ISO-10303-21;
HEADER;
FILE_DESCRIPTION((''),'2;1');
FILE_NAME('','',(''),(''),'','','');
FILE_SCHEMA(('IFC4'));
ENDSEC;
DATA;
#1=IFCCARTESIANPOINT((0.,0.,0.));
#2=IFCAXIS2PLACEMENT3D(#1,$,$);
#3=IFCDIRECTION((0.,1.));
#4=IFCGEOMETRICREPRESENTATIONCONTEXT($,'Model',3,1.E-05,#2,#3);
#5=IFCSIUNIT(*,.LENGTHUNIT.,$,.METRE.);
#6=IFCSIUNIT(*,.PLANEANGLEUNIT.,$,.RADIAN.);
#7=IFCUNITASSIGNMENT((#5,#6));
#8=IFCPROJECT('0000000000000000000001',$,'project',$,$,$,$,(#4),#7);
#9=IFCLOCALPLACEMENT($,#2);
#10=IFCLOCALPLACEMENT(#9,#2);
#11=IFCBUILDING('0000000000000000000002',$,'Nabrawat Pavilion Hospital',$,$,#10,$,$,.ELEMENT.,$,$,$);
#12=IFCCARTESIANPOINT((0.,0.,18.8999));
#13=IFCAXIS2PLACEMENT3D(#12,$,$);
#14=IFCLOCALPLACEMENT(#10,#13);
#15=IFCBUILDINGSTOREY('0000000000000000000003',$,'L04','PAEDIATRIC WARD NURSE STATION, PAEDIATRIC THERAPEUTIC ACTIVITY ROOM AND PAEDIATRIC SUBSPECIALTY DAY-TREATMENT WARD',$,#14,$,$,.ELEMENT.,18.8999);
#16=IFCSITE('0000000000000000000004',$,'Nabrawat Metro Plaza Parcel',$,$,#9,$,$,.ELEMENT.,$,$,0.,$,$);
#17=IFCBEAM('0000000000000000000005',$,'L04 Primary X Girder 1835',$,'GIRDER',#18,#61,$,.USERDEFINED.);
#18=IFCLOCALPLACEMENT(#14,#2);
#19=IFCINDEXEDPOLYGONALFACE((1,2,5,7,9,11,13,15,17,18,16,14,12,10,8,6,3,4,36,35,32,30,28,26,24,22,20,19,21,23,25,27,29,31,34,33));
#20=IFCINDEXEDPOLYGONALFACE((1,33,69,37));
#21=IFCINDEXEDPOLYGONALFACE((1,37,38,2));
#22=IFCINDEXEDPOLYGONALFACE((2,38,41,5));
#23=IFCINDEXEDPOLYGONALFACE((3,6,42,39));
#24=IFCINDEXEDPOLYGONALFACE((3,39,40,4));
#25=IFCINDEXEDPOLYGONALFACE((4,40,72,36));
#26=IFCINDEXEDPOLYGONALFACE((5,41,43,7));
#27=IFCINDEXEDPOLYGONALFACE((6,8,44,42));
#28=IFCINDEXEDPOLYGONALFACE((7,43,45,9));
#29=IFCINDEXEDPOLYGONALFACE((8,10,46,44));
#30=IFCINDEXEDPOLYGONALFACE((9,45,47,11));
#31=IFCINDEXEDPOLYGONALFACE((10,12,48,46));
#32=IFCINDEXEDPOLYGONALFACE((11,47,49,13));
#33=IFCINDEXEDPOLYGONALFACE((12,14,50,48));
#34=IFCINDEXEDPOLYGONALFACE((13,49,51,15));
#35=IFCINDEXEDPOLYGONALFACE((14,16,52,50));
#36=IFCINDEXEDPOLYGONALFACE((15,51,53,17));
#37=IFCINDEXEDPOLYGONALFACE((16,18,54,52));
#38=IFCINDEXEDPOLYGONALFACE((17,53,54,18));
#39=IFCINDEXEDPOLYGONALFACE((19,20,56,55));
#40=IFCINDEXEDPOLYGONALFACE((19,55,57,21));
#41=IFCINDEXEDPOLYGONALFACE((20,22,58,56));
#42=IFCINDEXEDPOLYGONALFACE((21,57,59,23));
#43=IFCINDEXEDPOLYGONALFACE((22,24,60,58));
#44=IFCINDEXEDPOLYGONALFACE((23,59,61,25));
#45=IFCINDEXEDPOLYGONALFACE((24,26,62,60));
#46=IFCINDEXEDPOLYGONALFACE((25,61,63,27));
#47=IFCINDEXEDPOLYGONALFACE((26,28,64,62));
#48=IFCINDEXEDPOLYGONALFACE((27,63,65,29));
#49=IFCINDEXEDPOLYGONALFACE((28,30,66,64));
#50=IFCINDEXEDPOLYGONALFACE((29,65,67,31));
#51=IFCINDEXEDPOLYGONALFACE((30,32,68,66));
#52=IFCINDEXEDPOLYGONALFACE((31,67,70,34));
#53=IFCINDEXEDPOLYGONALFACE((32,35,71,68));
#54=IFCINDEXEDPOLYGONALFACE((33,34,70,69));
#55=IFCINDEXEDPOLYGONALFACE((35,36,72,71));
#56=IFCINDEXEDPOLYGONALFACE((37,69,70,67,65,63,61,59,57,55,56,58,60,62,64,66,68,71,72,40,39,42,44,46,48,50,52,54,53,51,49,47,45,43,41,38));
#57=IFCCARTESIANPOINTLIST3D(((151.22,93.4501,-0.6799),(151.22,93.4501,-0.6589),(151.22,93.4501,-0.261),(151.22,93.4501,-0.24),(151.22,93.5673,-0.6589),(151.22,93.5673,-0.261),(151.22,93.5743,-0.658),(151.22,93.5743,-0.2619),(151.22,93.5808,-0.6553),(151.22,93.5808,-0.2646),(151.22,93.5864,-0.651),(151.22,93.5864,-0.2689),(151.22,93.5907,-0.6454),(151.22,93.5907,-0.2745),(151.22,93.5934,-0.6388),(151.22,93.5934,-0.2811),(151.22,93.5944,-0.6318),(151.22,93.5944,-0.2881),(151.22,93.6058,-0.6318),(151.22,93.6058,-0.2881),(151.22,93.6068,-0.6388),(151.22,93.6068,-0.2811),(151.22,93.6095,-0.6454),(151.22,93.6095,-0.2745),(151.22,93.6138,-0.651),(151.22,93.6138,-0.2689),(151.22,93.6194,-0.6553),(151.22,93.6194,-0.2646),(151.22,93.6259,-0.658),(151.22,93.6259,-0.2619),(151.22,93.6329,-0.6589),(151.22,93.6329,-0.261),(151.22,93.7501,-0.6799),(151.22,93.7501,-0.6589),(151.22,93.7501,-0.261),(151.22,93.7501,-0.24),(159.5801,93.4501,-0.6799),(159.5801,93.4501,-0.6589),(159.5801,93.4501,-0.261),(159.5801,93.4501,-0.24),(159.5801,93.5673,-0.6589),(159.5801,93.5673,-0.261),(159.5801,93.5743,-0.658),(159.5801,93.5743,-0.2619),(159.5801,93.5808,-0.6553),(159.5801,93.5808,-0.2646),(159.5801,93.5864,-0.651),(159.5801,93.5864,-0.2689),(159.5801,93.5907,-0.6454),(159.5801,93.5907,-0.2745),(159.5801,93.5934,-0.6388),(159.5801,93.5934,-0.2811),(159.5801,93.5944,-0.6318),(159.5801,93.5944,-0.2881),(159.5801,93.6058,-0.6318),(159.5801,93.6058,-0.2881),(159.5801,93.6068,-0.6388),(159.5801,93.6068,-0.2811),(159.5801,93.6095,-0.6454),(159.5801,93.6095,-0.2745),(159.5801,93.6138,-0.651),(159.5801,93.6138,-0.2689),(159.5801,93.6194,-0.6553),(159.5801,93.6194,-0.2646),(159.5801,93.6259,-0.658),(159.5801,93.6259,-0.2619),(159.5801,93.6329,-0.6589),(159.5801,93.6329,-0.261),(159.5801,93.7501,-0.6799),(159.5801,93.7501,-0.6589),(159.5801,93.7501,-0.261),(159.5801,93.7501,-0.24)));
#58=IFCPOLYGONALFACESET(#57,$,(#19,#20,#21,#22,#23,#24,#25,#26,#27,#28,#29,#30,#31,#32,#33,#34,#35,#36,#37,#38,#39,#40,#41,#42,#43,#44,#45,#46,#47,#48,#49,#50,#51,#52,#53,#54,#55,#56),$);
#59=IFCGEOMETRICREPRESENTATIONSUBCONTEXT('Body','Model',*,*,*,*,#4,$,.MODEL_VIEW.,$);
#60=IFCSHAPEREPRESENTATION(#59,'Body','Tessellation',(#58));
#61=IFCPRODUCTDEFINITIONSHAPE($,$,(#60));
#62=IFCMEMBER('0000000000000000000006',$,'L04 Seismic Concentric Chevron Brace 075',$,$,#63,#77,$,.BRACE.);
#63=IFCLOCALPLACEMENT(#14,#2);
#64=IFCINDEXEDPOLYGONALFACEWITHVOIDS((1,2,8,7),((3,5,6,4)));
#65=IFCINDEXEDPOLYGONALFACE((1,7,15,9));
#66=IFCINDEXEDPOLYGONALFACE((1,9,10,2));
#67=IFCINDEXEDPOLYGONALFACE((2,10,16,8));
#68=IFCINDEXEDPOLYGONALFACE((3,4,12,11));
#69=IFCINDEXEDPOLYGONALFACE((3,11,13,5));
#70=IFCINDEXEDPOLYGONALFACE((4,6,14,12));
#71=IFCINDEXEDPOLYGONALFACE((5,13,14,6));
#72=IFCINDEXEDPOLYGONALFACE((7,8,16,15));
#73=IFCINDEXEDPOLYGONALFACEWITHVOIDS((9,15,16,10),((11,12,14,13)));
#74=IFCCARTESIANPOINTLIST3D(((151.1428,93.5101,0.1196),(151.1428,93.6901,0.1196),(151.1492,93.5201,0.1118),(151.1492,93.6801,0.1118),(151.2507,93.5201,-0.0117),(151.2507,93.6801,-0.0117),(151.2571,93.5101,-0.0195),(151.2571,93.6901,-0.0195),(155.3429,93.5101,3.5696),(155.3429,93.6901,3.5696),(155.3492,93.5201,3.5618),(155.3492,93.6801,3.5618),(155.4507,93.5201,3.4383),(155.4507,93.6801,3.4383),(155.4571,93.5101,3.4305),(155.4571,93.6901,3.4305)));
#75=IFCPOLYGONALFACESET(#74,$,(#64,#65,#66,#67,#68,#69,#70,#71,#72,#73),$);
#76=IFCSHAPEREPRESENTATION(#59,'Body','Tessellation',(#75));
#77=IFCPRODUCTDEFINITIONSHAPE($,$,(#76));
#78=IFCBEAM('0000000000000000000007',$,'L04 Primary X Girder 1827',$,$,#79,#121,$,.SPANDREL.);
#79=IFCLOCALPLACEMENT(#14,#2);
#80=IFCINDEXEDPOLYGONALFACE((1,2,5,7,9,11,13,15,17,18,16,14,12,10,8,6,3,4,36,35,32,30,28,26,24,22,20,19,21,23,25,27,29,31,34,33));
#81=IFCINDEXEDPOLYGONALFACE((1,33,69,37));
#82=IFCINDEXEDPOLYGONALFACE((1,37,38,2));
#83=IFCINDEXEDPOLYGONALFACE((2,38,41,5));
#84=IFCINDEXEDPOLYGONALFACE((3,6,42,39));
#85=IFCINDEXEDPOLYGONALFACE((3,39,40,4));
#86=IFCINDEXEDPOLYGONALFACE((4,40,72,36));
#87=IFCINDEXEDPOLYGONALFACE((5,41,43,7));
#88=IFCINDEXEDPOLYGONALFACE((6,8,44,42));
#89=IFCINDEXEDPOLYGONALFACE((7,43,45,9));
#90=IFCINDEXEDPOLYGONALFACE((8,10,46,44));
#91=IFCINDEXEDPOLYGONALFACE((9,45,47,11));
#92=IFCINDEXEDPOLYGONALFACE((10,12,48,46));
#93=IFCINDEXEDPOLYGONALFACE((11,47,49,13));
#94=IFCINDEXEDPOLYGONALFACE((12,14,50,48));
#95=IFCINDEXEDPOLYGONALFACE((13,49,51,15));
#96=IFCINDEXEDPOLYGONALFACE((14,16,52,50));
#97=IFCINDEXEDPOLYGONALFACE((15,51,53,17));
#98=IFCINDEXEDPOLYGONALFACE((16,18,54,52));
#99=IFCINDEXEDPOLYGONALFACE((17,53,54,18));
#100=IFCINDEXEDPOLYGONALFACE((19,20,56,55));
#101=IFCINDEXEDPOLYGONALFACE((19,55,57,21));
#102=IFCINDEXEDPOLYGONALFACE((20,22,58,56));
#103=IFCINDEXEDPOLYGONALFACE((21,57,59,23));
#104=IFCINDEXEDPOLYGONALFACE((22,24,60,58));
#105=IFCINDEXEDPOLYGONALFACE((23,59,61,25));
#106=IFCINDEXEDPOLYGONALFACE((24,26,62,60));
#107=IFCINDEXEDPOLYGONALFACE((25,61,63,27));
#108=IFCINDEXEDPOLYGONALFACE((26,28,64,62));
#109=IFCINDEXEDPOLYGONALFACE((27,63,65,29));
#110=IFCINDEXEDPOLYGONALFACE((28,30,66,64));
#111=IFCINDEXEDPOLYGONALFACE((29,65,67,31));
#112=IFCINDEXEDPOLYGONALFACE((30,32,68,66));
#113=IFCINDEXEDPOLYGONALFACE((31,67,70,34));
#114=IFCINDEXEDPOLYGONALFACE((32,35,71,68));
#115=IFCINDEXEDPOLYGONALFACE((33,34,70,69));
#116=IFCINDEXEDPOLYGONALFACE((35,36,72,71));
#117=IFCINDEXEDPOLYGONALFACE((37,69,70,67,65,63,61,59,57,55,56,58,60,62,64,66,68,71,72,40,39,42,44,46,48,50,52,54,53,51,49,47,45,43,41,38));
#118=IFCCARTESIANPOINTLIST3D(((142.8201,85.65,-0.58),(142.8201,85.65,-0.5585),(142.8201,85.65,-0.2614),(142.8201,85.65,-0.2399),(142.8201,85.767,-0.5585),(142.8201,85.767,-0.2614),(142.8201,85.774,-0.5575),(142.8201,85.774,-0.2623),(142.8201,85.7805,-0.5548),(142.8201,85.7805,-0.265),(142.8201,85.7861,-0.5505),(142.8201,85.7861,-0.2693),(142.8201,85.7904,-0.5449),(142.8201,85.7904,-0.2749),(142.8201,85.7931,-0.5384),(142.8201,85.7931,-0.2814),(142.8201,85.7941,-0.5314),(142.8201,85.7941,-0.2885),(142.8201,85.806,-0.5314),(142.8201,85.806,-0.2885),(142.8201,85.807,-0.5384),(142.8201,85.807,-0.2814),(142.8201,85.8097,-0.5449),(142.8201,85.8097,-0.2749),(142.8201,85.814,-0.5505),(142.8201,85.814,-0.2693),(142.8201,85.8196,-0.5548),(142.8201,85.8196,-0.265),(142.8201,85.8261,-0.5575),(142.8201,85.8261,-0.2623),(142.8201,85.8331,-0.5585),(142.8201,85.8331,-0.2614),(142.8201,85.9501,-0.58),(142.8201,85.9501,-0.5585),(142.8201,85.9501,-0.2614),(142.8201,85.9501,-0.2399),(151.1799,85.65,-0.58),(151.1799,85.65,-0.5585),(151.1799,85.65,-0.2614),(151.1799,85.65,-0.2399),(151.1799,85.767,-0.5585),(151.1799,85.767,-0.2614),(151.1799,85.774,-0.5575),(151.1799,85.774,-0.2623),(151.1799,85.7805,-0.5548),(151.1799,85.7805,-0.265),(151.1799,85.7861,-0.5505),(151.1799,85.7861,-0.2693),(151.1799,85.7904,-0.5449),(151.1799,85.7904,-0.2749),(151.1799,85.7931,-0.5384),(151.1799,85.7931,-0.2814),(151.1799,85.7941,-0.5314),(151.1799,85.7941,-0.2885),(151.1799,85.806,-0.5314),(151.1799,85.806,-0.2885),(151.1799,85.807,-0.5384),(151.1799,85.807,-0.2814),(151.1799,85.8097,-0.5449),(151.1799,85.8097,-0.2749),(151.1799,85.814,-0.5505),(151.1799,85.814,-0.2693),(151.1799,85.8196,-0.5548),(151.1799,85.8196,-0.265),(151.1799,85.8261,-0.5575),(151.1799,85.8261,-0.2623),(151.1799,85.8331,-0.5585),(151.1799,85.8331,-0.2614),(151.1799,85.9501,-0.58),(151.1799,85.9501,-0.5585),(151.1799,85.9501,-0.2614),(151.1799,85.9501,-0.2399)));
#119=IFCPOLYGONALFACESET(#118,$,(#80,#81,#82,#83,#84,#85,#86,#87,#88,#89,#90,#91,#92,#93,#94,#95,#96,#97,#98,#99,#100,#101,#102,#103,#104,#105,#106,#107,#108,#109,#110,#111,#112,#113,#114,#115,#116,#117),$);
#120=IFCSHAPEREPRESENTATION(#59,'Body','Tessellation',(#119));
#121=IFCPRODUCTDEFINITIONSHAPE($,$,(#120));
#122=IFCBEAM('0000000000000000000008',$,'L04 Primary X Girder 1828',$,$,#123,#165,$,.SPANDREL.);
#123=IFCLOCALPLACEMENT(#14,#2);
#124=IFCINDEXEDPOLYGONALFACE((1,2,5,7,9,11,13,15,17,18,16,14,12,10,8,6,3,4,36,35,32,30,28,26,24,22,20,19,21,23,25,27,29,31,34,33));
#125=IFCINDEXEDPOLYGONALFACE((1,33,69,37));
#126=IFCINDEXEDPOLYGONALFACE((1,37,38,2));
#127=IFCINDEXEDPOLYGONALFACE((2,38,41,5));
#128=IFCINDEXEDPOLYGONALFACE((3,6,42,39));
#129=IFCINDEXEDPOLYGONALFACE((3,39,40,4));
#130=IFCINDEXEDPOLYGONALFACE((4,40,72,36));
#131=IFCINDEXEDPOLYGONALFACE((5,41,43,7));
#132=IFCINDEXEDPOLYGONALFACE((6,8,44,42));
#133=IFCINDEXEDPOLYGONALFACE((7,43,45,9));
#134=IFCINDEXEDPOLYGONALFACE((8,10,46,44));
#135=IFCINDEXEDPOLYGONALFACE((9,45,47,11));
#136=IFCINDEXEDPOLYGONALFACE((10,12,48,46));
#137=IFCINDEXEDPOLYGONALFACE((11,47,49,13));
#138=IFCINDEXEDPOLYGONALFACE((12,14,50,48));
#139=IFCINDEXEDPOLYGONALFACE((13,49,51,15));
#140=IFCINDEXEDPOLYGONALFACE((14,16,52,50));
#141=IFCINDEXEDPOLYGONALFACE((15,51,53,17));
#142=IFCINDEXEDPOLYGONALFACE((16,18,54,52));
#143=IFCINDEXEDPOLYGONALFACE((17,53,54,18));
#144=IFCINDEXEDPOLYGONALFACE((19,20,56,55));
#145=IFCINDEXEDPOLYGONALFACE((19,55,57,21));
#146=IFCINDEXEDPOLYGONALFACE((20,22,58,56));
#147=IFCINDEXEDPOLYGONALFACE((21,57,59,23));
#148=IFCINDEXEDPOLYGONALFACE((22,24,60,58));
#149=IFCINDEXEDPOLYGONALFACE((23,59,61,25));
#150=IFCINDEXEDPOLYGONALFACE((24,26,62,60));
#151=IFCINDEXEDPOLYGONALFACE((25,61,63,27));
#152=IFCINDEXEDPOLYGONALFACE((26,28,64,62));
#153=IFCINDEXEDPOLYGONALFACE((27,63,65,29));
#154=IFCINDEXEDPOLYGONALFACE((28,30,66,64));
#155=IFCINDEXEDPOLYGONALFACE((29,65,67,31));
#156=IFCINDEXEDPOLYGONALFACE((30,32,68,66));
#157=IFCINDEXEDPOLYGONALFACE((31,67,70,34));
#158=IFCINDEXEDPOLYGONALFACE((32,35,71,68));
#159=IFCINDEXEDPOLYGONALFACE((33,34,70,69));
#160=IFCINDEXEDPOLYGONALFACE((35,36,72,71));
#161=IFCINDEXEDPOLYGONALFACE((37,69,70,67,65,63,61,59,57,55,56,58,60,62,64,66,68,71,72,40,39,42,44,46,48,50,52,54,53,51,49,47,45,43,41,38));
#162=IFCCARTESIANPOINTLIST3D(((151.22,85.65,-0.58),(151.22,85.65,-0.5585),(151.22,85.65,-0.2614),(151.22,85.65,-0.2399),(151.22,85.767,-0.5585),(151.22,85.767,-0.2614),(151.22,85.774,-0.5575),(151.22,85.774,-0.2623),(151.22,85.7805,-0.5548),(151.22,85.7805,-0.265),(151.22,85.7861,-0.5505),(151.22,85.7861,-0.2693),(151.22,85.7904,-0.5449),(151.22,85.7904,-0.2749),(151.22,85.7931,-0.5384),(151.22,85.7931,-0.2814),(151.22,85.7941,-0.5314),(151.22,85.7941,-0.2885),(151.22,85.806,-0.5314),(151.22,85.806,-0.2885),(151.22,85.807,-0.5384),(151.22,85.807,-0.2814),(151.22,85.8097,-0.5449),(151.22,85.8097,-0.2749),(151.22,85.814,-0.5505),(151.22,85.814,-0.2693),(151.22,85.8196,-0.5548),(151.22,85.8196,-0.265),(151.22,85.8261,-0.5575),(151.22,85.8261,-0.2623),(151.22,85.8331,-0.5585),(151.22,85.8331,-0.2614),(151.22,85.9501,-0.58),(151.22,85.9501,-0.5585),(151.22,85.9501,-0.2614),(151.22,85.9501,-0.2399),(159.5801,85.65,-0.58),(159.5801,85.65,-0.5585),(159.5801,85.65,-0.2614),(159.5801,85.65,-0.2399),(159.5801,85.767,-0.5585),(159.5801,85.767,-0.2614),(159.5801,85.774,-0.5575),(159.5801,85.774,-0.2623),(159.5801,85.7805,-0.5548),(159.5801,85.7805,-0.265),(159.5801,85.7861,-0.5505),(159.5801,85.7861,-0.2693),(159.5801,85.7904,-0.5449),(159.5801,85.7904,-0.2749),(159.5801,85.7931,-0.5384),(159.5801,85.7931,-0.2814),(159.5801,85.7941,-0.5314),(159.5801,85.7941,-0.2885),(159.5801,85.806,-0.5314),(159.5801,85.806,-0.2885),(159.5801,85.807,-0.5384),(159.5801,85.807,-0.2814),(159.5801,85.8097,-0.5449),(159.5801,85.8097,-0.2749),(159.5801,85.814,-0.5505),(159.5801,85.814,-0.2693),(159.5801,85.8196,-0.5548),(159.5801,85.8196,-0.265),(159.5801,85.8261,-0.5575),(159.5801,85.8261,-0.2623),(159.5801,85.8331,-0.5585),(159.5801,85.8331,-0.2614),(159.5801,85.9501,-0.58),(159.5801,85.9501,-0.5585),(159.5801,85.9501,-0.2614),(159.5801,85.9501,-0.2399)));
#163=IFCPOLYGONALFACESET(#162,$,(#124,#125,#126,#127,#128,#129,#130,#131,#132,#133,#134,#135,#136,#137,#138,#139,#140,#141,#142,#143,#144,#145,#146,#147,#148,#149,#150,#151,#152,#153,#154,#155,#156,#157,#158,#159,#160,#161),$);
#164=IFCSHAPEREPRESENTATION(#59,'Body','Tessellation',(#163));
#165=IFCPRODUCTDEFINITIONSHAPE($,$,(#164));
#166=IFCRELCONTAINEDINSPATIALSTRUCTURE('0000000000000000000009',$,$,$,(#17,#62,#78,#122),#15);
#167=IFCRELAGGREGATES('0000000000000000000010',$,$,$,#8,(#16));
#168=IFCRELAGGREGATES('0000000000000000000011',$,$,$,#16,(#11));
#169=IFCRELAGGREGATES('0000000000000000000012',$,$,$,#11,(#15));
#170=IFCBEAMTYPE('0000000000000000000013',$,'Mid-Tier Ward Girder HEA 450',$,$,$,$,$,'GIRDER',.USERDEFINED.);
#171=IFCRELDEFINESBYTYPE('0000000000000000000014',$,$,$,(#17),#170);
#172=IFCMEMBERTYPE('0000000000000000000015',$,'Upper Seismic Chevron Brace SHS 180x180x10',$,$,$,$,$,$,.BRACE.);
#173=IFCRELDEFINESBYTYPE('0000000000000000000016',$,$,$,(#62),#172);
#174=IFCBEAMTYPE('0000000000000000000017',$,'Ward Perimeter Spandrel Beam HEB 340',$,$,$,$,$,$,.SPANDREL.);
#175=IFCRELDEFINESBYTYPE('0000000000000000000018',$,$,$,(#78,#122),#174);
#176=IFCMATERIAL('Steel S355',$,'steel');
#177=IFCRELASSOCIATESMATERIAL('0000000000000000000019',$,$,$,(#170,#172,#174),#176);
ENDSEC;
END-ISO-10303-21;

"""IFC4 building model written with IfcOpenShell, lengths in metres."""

from ifc_helpers import new_model, si_unit, direction, frame, origin, origin_2d, place, context, subcontext, project, spatial, hollow_rectangle, i_section, extrude, material, material_profile, profile_set, type_object, element, save


model = new_model("IFC4")

# Units and contexts
model_context = context("Model", 3, precision=1e-05, world=origin(), true_north=direction((0.0, 1.0)))
body_context = subcontext(model_context, "Body", "Model", "MODEL_VIEW")
ifc_project = project(units=[si_unit("LENGTHUNIT", "METRE"), si_unit("PLANEANGLEUNIT", "RADIAN")], contexts=[model_context])

# Site, building, storey
site_placement = place(None, origin())
site = spatial("IfcSite", under=ifc_project, at=site_placement, Name="Nabrawat Metro Plaza Parcel", CompositionType="ELEMENT", RefElevation=0.0)
building_placement = place(site_placement, origin())
building = spatial("IfcBuilding", under=site, at=building_placement, Name="Nabrawat Pavilion Hospital", CompositionType="ELEMENT")
storey_placement = place(building_placement, frame((0.0, 0.0, 18.8999)))
storey = spatial("IfcBuildingStorey", under=building, at=storey_placement, Name="L04", Description="PAEDIATRIC WARD NURSE STATION, PAEDIATRIC THERAPEUTIC ACTIVITY ROOM AND PAEDIATRIC SUBSPECIALTY DAY-TREATMENT WARD", CompositionType="ELEMENT", Elevation=18.8999)

# Shared definitions
ifc_material_1 = material(Name="Steel S355", Category="steel")

# Beam
ifc_material_profile_1 = material_profile(ifc_material_1, i_section(OverallWidth=0.3, OverallDepth=0.4399, WebThickness=0.0115, FlangeThickness=0.021, FilletRadius=0.0271, at=origin_2d()), Name="HEA 450")
ifc_profile_set_1 = profile_set([ifc_material_profile_1], Name="Steel S355")
beam_type_1 = type_object("IfcBeamType", Name="Mid-Tier Ward Girder HEA 450", ElementType="GIRDER", PredefinedType="USERDEFINED", material=ifc_profile_set_1)
beam_1_placement = place(storey_placement, frame((151.22, 93.6001, -0.46), z_axis=(1.0, 0.0, 0.0), x_axis=(0.0, 1.0, 0.0)))
element("IfcBeam", 1, at=beam_1_placement, inside=storey, type_object=beam_type_1, Name="L04 Primary X Girder 1835", ObjectType="GIRDER", PredefinedType="USERDEFINED", context=body_context, shape_type="SweptSolid", body=[
    extrude(i_section(OverallWidth=0.3, OverallDepth=0.4399, WebThickness=0.0115, FlangeThickness=0.021, FilletRadius=0.0271, at=origin_2d()), origin(), (0.0, 0.0, 1.0), 8.3601),
])

# Member
ifc_material_profile_2 = material_profile(ifc_material_1, hollow_rectangle(XDim=0.1799, YDim=0.1799, WallThickness=0.01, at=origin_2d()), Name="SHS 180x180x10")
ifc_profile_set_2 = profile_set([ifc_material_profile_2], Name="Steel S355")
member_type = type_object("IfcMemberType", Name="Upper Seismic Chevron Brace SHS 180x180x10", PredefinedType="BRACE", material=ifc_profile_set_2)
member_placement = place(storey_placement, frame((151.2, 93.6001, 0.05), z_axis=(0.772727, 0.0, 0.634738), x_axis=(0.0, 1.0, 0.0)))
element("IfcMember", 2, at=member_placement, inside=storey, type_object=member_type, Name="L04 Seismic Concentric Chevron Brace 075", PredefinedType="BRACE", context=body_context, shape_type="SweptSolid", body=[
    extrude(hollow_rectangle(XDim=0.1799, YDim=0.1799, WallThickness=0.01, at=origin_2d()), origin(), (0.0, 0.0, 1.0), 5.4353),
])

# Beams
ifc_material_profile_3 = material_profile(ifc_material_1, i_section(OverallWidth=0.3, OverallDepth=0.3401, WebThickness=0.012, FlangeThickness=0.0215, FilletRadius=0.0271, at=origin_2d()), Name="HEB 340")
ifc_profile_set_3 = profile_set([ifc_material_profile_3], Name="Steel S355")
beam_type_2 = type_object("IfcBeamType", Name="Ward Perimeter Spandrel Beam HEB 340", PredefinedType="SPANDREL", material=ifc_profile_set_3)
beam_2_placement = place(storey_placement, frame((142.8201, 85.8, -0.4099), z_axis=(1.0, 0.0, 0.0), x_axis=(0.0, 1.0, 0.0)))
element("IfcBeam", 3, at=beam_2_placement, inside=storey, type_object=beam_type_2, Name="L04 Primary X Girder 1827", PredefinedType="SPANDREL", context=body_context, shape_type="SweptSolid", body=[
    extrude(i_section(OverallWidth=0.3, OverallDepth=0.3401, WebThickness=0.012, FlangeThickness=0.0215, FilletRadius=0.0271, at=origin_2d()), origin(), (0.0, 0.0, 1.0), 8.3599),
])
beam_3_placement = place(storey_placement, frame((151.22, 85.8, -0.4099), z_axis=(1.0, 0.0, 0.0), x_axis=(0.0, 1.0, 0.0)))
element("IfcBeam", 4, at=beam_3_placement, inside=storey, type_object=beam_type_2, Name="L04 Primary X Girder 1828", PredefinedType="SPANDREL", context=body_context, shape_type="SweptSolid", body=[
    extrude(i_section(OverallWidth=0.3, OverallDepth=0.3401, WebThickness=0.012, FlangeThickness=0.0215, FilletRadius=0.0271, at=origin_2d()), origin(), (0.0, 0.0, 1.0), 8.3601),
])

save(model, "model.ifc")
